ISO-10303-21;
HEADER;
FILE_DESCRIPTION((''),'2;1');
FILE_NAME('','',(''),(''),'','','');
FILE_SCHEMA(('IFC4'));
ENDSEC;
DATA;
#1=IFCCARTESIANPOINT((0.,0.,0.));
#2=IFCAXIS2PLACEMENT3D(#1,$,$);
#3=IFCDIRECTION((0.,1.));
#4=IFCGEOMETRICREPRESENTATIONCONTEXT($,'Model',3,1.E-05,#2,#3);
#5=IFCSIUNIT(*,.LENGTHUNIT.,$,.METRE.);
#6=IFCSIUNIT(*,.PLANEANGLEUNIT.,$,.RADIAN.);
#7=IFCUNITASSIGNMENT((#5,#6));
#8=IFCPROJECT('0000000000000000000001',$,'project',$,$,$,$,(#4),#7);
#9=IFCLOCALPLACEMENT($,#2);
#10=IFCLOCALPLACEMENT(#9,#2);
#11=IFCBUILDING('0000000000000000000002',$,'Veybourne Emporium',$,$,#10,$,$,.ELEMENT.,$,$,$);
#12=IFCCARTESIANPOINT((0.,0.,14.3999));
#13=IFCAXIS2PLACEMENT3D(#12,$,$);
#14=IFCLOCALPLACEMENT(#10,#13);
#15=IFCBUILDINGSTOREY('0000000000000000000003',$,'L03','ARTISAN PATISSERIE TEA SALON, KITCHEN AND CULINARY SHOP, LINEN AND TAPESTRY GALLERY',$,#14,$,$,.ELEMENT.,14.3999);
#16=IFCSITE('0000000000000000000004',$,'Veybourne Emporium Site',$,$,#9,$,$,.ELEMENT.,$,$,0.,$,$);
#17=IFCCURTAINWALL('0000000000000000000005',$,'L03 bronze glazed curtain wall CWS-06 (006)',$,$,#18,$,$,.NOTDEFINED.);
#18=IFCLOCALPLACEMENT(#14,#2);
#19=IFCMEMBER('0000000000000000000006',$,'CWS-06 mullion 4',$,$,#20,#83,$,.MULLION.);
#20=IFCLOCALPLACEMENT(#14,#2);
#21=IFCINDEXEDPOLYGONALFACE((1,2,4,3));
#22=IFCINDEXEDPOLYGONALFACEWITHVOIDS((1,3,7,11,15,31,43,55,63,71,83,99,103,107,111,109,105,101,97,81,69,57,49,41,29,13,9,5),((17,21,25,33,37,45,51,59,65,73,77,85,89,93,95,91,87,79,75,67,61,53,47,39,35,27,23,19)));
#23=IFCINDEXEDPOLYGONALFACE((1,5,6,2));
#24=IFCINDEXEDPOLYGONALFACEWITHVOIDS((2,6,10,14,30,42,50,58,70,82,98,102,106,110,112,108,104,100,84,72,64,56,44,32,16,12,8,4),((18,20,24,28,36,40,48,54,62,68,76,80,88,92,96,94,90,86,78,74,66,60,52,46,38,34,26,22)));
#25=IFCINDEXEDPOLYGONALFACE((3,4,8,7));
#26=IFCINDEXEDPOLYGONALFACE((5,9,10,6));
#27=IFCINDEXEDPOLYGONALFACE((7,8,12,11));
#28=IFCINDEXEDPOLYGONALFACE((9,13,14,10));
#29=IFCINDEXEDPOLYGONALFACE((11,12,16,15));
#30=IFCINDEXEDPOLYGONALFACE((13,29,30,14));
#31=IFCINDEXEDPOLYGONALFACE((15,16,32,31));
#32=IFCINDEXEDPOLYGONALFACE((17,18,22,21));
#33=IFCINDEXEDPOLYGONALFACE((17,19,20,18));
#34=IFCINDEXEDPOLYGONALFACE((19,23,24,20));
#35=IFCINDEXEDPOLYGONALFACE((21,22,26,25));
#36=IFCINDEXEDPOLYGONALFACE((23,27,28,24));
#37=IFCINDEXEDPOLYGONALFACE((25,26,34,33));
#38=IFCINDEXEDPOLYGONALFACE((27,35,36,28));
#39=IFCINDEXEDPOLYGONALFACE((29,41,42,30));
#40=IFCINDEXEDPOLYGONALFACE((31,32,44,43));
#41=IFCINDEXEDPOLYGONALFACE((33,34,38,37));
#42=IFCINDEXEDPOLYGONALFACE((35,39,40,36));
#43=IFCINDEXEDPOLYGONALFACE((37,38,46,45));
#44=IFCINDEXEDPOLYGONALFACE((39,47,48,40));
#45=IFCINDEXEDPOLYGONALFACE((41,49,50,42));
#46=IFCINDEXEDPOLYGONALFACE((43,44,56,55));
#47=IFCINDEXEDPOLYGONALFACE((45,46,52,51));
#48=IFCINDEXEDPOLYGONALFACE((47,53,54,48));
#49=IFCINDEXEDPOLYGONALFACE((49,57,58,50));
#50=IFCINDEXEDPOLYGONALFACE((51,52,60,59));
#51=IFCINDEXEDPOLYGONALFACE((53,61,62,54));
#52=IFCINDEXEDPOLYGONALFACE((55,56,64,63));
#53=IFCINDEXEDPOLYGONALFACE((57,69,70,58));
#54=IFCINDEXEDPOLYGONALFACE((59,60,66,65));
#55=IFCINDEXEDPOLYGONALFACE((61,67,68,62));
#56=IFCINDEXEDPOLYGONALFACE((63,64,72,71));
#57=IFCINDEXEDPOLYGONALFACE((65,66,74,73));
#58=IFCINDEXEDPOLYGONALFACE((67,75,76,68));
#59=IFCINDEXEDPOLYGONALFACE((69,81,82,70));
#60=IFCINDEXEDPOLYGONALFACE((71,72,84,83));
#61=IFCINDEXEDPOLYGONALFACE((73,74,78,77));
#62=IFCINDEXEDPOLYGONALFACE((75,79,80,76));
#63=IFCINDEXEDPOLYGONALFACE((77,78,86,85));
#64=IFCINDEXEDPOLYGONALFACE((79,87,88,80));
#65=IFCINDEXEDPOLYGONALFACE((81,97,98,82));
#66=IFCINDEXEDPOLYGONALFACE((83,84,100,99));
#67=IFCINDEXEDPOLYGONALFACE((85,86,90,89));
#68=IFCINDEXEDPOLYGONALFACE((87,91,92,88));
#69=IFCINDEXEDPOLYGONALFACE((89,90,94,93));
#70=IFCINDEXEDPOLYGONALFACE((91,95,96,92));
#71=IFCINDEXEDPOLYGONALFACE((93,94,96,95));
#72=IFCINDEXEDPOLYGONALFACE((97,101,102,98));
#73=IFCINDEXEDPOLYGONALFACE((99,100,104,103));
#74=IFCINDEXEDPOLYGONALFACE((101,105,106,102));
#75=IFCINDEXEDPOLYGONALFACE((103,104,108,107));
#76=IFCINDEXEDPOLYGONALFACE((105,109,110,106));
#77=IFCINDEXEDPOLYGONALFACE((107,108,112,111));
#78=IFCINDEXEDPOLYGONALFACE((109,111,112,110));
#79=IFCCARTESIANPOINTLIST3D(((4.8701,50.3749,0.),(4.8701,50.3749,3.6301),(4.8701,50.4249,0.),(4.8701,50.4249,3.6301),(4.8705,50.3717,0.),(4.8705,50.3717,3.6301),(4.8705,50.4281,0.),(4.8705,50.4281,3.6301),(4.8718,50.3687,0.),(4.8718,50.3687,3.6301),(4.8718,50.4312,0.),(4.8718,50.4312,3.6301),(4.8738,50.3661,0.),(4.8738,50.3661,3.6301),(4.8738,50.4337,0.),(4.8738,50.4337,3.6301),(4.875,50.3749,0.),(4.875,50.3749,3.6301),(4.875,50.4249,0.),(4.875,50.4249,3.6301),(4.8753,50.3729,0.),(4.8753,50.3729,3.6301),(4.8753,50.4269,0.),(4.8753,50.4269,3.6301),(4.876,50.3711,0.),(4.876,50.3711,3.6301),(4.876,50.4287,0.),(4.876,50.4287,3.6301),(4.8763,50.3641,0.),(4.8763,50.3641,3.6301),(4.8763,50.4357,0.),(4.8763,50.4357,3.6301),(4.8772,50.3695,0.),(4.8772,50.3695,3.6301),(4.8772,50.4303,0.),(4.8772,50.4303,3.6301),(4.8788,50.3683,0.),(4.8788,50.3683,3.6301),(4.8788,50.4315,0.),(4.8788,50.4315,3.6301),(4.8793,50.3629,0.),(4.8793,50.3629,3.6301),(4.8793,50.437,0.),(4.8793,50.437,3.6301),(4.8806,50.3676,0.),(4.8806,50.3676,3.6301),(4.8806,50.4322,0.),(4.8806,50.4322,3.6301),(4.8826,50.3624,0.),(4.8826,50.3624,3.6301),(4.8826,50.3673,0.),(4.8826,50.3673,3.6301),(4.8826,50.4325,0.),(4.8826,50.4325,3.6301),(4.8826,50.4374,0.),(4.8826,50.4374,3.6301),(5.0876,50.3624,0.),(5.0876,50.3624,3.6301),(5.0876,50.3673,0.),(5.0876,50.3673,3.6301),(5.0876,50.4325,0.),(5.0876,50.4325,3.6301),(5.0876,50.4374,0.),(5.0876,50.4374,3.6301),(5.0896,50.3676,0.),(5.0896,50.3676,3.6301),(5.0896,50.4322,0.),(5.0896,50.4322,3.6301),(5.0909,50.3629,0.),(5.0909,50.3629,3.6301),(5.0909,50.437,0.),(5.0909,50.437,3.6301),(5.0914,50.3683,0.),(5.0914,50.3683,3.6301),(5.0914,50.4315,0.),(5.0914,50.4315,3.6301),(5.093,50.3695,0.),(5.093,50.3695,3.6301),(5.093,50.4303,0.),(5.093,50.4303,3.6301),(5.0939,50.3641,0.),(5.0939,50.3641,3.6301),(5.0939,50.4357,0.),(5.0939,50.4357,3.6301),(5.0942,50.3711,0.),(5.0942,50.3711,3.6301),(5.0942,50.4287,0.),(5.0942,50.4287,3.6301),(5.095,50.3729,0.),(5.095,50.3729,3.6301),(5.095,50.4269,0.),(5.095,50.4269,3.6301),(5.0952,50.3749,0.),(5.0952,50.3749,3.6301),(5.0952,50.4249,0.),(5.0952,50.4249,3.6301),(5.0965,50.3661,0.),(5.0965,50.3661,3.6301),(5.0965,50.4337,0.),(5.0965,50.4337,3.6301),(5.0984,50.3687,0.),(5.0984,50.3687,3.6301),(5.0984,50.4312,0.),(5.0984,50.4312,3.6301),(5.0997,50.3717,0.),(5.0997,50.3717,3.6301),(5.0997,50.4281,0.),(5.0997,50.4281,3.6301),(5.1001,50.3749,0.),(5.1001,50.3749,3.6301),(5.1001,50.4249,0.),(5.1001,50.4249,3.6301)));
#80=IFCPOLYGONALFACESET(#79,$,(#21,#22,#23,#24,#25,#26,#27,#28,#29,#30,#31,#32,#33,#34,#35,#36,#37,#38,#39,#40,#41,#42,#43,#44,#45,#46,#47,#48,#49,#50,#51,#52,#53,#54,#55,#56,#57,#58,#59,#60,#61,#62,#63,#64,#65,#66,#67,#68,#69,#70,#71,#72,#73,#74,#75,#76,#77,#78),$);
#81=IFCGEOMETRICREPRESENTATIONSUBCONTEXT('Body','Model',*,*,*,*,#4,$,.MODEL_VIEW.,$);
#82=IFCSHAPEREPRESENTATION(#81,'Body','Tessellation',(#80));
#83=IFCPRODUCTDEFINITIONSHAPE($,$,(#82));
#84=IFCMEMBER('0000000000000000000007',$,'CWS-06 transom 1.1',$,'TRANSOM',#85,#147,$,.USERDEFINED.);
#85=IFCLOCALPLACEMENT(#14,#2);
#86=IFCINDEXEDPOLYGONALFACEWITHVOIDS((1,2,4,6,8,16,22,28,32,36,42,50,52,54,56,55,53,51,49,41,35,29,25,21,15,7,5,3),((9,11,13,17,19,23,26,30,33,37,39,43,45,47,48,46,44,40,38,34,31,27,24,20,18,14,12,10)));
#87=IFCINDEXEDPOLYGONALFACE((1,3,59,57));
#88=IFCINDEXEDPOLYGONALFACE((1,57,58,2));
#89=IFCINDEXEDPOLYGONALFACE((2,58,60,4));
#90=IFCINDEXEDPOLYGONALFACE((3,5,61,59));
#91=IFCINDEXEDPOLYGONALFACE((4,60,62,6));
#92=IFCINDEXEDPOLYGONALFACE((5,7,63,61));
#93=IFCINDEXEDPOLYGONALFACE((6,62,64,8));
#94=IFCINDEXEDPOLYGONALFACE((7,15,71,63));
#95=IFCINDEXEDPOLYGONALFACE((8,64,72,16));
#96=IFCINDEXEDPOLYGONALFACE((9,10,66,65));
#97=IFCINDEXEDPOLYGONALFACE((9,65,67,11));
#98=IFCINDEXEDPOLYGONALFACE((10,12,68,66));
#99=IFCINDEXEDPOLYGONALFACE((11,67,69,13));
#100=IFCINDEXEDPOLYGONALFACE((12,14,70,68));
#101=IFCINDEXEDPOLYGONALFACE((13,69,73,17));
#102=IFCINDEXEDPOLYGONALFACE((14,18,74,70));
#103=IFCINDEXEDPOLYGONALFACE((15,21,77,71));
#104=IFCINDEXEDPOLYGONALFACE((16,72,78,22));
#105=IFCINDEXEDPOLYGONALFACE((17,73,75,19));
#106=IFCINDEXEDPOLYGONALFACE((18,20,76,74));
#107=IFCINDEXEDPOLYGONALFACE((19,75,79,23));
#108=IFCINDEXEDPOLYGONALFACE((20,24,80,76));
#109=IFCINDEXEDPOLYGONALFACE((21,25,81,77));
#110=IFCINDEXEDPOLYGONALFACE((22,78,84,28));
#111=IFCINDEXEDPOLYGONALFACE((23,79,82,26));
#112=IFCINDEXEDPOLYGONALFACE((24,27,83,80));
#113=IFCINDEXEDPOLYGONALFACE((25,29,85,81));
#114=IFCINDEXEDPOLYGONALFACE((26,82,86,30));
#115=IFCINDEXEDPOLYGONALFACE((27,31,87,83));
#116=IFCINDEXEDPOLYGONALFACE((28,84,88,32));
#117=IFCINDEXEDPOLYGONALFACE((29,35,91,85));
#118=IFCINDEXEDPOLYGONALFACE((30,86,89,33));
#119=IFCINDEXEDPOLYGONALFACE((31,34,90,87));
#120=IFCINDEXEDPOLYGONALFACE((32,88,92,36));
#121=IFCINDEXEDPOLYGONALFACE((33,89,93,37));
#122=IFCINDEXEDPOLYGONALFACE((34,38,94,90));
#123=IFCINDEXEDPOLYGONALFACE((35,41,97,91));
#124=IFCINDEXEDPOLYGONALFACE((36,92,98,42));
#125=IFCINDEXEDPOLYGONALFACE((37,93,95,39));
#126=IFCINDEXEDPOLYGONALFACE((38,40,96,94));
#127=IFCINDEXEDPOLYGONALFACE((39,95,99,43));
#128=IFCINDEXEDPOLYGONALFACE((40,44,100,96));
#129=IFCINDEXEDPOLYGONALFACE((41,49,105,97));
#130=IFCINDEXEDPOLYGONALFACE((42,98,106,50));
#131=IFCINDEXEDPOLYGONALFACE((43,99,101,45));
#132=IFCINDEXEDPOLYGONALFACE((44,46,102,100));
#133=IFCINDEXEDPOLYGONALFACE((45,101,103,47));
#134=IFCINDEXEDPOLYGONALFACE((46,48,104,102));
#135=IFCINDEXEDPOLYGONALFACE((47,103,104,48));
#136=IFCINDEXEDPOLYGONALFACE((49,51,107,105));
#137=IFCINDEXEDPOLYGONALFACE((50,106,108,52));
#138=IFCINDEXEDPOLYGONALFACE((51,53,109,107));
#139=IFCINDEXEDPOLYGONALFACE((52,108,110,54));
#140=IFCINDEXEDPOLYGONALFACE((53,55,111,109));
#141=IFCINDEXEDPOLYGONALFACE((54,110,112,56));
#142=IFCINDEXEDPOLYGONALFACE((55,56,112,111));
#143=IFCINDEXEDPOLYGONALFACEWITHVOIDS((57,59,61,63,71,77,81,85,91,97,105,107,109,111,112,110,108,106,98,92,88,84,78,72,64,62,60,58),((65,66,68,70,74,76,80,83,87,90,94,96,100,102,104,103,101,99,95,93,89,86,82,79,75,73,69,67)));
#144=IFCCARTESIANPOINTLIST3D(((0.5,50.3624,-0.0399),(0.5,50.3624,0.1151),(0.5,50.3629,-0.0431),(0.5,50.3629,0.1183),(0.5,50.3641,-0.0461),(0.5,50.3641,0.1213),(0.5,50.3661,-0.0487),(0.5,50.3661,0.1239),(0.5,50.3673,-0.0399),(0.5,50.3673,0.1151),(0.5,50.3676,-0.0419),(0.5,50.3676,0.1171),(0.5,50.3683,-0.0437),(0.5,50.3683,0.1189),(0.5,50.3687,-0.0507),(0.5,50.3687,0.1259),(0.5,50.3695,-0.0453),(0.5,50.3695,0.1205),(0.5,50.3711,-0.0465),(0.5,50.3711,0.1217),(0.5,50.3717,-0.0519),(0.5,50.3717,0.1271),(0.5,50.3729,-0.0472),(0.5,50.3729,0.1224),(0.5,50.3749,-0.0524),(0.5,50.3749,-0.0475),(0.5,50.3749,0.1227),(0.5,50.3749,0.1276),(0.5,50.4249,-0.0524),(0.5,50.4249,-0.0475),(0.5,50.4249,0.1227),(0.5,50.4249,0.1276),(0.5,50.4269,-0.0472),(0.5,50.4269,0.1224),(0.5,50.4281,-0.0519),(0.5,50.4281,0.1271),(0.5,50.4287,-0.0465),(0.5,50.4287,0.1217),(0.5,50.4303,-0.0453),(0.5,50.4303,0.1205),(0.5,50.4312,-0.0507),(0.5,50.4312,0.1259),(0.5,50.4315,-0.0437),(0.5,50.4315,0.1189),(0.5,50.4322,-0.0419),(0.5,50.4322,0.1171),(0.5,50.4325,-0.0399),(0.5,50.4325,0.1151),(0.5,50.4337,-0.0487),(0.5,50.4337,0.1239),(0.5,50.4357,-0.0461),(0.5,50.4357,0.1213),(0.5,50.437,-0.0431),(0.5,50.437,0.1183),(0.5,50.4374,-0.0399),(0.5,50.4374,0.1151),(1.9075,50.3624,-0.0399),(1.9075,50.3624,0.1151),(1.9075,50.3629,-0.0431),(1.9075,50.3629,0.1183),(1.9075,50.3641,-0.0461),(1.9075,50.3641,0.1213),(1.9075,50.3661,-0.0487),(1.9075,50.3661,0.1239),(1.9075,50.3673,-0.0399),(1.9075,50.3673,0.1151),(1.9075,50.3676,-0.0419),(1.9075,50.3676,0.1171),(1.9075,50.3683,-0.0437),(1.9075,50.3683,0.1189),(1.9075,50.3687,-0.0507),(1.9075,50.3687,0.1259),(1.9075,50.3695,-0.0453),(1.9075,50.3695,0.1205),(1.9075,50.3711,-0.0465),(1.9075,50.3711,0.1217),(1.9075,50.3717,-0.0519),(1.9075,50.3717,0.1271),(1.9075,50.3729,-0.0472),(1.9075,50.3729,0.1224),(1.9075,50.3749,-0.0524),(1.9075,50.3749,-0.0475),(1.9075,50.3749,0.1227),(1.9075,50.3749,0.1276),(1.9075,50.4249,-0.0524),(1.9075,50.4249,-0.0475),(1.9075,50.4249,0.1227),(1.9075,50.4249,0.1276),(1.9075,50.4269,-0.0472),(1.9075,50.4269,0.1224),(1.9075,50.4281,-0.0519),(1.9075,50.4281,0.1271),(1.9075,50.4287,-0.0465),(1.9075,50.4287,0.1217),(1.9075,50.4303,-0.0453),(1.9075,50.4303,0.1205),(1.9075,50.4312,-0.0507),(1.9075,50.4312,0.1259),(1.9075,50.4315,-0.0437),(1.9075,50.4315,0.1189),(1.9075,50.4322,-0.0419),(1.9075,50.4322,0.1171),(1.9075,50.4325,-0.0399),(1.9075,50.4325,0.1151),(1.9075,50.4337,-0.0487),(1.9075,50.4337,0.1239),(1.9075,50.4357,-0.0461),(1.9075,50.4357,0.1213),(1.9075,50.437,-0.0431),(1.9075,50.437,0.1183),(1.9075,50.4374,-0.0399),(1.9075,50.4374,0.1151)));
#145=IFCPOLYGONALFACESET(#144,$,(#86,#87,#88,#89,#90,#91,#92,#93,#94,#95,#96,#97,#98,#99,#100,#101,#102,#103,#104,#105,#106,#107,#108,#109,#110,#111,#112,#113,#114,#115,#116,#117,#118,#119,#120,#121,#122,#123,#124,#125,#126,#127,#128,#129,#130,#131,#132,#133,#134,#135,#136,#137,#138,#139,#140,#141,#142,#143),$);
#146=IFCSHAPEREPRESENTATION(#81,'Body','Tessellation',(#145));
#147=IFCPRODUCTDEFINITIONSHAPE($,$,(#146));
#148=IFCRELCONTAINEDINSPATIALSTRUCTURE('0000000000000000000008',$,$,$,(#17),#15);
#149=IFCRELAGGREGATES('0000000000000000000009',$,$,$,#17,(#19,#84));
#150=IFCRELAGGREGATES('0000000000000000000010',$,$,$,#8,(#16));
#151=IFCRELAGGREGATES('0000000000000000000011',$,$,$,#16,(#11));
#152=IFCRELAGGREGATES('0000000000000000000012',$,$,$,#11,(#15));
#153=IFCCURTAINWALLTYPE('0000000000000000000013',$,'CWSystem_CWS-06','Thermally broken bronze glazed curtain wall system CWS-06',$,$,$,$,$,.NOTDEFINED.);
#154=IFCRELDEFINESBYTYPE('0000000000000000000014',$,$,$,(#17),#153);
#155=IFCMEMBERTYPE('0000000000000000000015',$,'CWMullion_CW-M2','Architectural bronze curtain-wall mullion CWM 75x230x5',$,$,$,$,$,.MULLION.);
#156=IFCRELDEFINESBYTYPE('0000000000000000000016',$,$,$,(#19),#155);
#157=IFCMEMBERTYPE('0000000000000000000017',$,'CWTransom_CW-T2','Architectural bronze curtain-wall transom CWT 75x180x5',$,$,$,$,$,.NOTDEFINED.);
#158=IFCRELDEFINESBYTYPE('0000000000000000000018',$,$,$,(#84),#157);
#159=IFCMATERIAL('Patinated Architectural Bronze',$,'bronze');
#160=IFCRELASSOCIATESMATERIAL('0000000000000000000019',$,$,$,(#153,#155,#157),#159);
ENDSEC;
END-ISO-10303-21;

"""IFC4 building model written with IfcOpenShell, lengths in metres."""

from ifc_helpers import new_model, si_unit, direction, frame, origin, origin_2d, place, context, subcontext, project, spatial, hollow_rectangle, extrude, material, material_profile, profile_set, type_object, element, aggregate, save


model = new_model("IFC4")

# Units and contexts
model_context = context("Model", 3, precision=1e-05, world=origin(), true_north=direction((0.0, 1.0)))
body_context = subcontext(model_context, "Body", "Model", "MODEL_VIEW")
ifc_project = project(units=[si_unit("LENGTHUNIT", "METRE"), si_unit("PLANEANGLEUNIT", "RADIAN")], contexts=[model_context])

# Site, building, storey
site_placement = place(None, origin())
site = spatial("IfcSite", under=ifc_project, at=site_placement, Name="Veybourne Emporium Site", CompositionType="ELEMENT", RefElevation=0.0)
building_placement = place(site_placement, origin())
building = spatial("IfcBuilding", under=site, at=building_placement, Name="Veybourne Emporium", CompositionType="ELEMENT")
storey_placement = place(building_placement, frame((0.0, 0.0, 14.3999)))
storey = spatial("IfcBuildingStorey", under=building, at=storey_placement, Name="L03", Description="ARTISAN PATISSERIE TEA SALON, KITCHEN AND CULINARY SHOP, LINEN AND TAPESTRY GALLERY", CompositionType="ELEMENT", Elevation=14.3999)

# Curtain wall, members
ifc_material_1 = material(Name="Patinated Architectural Bronze", Category="bronze")
curtain_wall_type = type_object("IfcCurtainWallType", Name="CWSystem_CWS-06", Description="Thermally broken bronze glazed curtain wall system CWS-06", PredefinedType="NOTDEFINED", material=ifc_material_1)
curtain_wall_placement = place(storey_placement, origin())
curtain_wall = element("IfcCurtainWall", 1, at=curtain_wall_placement, inside=storey, type_object=curtain_wall_type, Name="L03 bronze glazed curtain wall CWS-06 (006)", PredefinedType="NOTDEFINED")
ifc_material_profile_1 = material_profile(ifc_material_1, hollow_rectangle(XDim=0.075, YDim=0.23, WallThickness=0.0049, InnerFilletRadius=0.0076, OuterFilletRadius=0.0125, at=origin_2d()), Name="CWM 75x230x5")
ifc_profile_set_1 = profile_set([ifc_material_profile_1], Name="Patinated Architectural Bronze")
member_type_1 = type_object("IfcMemberType", Name="CWMullion_CW-M2", Description="Architectural bronze curtain-wall mullion CWM 75x230x5", PredefinedType="MULLION", material=ifc_profile_set_1)
member_1_placement = place(storey_placement, frame((4.9851, 50.3999, 0.0), z_axis=(0.0, 0.0, 1.0), x_axis=(0.0, 1.0, 0.0)))
member_1 = element("IfcMember", 2, at=member_1_placement, type_object=member_type_1, Name="CWS-06 mullion 4", PredefinedType="MULLION", context=body_context, shape_type="SweptSolid", body=[
    extrude(hollow_rectangle(XDim=0.075, YDim=0.23, WallThickness=0.0049, InnerFilletRadius=0.0076, OuterFilletRadius=0.0125, at=origin_2d()), origin(), (0.0, 0.0, 1.0), 3.6301),
])
ifc_material_profile_2 = material_profile(ifc_material_1, hollow_rectangle(XDim=0.075, YDim=0.1799, WallThickness=0.0049, InnerFilletRadius=0.0076, OuterFilletRadius=0.0125, at=origin_2d()), Name="CWT 75x180x5")
ifc_profile_set_2 = profile_set([ifc_material_profile_2], Name="Patinated Architectural Bronze")
member_type_2 = type_object("IfcMemberType", Name="CWTransom_CW-T2", Description="Architectural bronze curtain-wall transom CWT 75x180x5", PredefinedType="NOTDEFINED", material=ifc_profile_set_2)
member_2_placement = place(storey_placement, frame((0.5, 50.3999, 0.0376), z_axis=(1.0, 0.0, 0.0), x_axis=(0.0, 1.0, 0.0)))
member_2 = element("IfcMember", 3, at=member_2_placement, type_object=member_type_2, Name="CWS-06 transom 1.1", ObjectType="TRANSOM", PredefinedType="USERDEFINED", context=body_context, shape_type="SweptSolid", body=[
    extrude(hollow_rectangle(XDim=0.075, YDim=0.1799, WallThickness=0.0049, InnerFilletRadius=0.0076, OuterFilletRadius=0.0125, at=origin_2d()), origin(), (0.0, 0.0, 1.0), 1.4075),
])
aggregate(curtain_wall, [member_1, member_2])

save(model, "model.ifc")
